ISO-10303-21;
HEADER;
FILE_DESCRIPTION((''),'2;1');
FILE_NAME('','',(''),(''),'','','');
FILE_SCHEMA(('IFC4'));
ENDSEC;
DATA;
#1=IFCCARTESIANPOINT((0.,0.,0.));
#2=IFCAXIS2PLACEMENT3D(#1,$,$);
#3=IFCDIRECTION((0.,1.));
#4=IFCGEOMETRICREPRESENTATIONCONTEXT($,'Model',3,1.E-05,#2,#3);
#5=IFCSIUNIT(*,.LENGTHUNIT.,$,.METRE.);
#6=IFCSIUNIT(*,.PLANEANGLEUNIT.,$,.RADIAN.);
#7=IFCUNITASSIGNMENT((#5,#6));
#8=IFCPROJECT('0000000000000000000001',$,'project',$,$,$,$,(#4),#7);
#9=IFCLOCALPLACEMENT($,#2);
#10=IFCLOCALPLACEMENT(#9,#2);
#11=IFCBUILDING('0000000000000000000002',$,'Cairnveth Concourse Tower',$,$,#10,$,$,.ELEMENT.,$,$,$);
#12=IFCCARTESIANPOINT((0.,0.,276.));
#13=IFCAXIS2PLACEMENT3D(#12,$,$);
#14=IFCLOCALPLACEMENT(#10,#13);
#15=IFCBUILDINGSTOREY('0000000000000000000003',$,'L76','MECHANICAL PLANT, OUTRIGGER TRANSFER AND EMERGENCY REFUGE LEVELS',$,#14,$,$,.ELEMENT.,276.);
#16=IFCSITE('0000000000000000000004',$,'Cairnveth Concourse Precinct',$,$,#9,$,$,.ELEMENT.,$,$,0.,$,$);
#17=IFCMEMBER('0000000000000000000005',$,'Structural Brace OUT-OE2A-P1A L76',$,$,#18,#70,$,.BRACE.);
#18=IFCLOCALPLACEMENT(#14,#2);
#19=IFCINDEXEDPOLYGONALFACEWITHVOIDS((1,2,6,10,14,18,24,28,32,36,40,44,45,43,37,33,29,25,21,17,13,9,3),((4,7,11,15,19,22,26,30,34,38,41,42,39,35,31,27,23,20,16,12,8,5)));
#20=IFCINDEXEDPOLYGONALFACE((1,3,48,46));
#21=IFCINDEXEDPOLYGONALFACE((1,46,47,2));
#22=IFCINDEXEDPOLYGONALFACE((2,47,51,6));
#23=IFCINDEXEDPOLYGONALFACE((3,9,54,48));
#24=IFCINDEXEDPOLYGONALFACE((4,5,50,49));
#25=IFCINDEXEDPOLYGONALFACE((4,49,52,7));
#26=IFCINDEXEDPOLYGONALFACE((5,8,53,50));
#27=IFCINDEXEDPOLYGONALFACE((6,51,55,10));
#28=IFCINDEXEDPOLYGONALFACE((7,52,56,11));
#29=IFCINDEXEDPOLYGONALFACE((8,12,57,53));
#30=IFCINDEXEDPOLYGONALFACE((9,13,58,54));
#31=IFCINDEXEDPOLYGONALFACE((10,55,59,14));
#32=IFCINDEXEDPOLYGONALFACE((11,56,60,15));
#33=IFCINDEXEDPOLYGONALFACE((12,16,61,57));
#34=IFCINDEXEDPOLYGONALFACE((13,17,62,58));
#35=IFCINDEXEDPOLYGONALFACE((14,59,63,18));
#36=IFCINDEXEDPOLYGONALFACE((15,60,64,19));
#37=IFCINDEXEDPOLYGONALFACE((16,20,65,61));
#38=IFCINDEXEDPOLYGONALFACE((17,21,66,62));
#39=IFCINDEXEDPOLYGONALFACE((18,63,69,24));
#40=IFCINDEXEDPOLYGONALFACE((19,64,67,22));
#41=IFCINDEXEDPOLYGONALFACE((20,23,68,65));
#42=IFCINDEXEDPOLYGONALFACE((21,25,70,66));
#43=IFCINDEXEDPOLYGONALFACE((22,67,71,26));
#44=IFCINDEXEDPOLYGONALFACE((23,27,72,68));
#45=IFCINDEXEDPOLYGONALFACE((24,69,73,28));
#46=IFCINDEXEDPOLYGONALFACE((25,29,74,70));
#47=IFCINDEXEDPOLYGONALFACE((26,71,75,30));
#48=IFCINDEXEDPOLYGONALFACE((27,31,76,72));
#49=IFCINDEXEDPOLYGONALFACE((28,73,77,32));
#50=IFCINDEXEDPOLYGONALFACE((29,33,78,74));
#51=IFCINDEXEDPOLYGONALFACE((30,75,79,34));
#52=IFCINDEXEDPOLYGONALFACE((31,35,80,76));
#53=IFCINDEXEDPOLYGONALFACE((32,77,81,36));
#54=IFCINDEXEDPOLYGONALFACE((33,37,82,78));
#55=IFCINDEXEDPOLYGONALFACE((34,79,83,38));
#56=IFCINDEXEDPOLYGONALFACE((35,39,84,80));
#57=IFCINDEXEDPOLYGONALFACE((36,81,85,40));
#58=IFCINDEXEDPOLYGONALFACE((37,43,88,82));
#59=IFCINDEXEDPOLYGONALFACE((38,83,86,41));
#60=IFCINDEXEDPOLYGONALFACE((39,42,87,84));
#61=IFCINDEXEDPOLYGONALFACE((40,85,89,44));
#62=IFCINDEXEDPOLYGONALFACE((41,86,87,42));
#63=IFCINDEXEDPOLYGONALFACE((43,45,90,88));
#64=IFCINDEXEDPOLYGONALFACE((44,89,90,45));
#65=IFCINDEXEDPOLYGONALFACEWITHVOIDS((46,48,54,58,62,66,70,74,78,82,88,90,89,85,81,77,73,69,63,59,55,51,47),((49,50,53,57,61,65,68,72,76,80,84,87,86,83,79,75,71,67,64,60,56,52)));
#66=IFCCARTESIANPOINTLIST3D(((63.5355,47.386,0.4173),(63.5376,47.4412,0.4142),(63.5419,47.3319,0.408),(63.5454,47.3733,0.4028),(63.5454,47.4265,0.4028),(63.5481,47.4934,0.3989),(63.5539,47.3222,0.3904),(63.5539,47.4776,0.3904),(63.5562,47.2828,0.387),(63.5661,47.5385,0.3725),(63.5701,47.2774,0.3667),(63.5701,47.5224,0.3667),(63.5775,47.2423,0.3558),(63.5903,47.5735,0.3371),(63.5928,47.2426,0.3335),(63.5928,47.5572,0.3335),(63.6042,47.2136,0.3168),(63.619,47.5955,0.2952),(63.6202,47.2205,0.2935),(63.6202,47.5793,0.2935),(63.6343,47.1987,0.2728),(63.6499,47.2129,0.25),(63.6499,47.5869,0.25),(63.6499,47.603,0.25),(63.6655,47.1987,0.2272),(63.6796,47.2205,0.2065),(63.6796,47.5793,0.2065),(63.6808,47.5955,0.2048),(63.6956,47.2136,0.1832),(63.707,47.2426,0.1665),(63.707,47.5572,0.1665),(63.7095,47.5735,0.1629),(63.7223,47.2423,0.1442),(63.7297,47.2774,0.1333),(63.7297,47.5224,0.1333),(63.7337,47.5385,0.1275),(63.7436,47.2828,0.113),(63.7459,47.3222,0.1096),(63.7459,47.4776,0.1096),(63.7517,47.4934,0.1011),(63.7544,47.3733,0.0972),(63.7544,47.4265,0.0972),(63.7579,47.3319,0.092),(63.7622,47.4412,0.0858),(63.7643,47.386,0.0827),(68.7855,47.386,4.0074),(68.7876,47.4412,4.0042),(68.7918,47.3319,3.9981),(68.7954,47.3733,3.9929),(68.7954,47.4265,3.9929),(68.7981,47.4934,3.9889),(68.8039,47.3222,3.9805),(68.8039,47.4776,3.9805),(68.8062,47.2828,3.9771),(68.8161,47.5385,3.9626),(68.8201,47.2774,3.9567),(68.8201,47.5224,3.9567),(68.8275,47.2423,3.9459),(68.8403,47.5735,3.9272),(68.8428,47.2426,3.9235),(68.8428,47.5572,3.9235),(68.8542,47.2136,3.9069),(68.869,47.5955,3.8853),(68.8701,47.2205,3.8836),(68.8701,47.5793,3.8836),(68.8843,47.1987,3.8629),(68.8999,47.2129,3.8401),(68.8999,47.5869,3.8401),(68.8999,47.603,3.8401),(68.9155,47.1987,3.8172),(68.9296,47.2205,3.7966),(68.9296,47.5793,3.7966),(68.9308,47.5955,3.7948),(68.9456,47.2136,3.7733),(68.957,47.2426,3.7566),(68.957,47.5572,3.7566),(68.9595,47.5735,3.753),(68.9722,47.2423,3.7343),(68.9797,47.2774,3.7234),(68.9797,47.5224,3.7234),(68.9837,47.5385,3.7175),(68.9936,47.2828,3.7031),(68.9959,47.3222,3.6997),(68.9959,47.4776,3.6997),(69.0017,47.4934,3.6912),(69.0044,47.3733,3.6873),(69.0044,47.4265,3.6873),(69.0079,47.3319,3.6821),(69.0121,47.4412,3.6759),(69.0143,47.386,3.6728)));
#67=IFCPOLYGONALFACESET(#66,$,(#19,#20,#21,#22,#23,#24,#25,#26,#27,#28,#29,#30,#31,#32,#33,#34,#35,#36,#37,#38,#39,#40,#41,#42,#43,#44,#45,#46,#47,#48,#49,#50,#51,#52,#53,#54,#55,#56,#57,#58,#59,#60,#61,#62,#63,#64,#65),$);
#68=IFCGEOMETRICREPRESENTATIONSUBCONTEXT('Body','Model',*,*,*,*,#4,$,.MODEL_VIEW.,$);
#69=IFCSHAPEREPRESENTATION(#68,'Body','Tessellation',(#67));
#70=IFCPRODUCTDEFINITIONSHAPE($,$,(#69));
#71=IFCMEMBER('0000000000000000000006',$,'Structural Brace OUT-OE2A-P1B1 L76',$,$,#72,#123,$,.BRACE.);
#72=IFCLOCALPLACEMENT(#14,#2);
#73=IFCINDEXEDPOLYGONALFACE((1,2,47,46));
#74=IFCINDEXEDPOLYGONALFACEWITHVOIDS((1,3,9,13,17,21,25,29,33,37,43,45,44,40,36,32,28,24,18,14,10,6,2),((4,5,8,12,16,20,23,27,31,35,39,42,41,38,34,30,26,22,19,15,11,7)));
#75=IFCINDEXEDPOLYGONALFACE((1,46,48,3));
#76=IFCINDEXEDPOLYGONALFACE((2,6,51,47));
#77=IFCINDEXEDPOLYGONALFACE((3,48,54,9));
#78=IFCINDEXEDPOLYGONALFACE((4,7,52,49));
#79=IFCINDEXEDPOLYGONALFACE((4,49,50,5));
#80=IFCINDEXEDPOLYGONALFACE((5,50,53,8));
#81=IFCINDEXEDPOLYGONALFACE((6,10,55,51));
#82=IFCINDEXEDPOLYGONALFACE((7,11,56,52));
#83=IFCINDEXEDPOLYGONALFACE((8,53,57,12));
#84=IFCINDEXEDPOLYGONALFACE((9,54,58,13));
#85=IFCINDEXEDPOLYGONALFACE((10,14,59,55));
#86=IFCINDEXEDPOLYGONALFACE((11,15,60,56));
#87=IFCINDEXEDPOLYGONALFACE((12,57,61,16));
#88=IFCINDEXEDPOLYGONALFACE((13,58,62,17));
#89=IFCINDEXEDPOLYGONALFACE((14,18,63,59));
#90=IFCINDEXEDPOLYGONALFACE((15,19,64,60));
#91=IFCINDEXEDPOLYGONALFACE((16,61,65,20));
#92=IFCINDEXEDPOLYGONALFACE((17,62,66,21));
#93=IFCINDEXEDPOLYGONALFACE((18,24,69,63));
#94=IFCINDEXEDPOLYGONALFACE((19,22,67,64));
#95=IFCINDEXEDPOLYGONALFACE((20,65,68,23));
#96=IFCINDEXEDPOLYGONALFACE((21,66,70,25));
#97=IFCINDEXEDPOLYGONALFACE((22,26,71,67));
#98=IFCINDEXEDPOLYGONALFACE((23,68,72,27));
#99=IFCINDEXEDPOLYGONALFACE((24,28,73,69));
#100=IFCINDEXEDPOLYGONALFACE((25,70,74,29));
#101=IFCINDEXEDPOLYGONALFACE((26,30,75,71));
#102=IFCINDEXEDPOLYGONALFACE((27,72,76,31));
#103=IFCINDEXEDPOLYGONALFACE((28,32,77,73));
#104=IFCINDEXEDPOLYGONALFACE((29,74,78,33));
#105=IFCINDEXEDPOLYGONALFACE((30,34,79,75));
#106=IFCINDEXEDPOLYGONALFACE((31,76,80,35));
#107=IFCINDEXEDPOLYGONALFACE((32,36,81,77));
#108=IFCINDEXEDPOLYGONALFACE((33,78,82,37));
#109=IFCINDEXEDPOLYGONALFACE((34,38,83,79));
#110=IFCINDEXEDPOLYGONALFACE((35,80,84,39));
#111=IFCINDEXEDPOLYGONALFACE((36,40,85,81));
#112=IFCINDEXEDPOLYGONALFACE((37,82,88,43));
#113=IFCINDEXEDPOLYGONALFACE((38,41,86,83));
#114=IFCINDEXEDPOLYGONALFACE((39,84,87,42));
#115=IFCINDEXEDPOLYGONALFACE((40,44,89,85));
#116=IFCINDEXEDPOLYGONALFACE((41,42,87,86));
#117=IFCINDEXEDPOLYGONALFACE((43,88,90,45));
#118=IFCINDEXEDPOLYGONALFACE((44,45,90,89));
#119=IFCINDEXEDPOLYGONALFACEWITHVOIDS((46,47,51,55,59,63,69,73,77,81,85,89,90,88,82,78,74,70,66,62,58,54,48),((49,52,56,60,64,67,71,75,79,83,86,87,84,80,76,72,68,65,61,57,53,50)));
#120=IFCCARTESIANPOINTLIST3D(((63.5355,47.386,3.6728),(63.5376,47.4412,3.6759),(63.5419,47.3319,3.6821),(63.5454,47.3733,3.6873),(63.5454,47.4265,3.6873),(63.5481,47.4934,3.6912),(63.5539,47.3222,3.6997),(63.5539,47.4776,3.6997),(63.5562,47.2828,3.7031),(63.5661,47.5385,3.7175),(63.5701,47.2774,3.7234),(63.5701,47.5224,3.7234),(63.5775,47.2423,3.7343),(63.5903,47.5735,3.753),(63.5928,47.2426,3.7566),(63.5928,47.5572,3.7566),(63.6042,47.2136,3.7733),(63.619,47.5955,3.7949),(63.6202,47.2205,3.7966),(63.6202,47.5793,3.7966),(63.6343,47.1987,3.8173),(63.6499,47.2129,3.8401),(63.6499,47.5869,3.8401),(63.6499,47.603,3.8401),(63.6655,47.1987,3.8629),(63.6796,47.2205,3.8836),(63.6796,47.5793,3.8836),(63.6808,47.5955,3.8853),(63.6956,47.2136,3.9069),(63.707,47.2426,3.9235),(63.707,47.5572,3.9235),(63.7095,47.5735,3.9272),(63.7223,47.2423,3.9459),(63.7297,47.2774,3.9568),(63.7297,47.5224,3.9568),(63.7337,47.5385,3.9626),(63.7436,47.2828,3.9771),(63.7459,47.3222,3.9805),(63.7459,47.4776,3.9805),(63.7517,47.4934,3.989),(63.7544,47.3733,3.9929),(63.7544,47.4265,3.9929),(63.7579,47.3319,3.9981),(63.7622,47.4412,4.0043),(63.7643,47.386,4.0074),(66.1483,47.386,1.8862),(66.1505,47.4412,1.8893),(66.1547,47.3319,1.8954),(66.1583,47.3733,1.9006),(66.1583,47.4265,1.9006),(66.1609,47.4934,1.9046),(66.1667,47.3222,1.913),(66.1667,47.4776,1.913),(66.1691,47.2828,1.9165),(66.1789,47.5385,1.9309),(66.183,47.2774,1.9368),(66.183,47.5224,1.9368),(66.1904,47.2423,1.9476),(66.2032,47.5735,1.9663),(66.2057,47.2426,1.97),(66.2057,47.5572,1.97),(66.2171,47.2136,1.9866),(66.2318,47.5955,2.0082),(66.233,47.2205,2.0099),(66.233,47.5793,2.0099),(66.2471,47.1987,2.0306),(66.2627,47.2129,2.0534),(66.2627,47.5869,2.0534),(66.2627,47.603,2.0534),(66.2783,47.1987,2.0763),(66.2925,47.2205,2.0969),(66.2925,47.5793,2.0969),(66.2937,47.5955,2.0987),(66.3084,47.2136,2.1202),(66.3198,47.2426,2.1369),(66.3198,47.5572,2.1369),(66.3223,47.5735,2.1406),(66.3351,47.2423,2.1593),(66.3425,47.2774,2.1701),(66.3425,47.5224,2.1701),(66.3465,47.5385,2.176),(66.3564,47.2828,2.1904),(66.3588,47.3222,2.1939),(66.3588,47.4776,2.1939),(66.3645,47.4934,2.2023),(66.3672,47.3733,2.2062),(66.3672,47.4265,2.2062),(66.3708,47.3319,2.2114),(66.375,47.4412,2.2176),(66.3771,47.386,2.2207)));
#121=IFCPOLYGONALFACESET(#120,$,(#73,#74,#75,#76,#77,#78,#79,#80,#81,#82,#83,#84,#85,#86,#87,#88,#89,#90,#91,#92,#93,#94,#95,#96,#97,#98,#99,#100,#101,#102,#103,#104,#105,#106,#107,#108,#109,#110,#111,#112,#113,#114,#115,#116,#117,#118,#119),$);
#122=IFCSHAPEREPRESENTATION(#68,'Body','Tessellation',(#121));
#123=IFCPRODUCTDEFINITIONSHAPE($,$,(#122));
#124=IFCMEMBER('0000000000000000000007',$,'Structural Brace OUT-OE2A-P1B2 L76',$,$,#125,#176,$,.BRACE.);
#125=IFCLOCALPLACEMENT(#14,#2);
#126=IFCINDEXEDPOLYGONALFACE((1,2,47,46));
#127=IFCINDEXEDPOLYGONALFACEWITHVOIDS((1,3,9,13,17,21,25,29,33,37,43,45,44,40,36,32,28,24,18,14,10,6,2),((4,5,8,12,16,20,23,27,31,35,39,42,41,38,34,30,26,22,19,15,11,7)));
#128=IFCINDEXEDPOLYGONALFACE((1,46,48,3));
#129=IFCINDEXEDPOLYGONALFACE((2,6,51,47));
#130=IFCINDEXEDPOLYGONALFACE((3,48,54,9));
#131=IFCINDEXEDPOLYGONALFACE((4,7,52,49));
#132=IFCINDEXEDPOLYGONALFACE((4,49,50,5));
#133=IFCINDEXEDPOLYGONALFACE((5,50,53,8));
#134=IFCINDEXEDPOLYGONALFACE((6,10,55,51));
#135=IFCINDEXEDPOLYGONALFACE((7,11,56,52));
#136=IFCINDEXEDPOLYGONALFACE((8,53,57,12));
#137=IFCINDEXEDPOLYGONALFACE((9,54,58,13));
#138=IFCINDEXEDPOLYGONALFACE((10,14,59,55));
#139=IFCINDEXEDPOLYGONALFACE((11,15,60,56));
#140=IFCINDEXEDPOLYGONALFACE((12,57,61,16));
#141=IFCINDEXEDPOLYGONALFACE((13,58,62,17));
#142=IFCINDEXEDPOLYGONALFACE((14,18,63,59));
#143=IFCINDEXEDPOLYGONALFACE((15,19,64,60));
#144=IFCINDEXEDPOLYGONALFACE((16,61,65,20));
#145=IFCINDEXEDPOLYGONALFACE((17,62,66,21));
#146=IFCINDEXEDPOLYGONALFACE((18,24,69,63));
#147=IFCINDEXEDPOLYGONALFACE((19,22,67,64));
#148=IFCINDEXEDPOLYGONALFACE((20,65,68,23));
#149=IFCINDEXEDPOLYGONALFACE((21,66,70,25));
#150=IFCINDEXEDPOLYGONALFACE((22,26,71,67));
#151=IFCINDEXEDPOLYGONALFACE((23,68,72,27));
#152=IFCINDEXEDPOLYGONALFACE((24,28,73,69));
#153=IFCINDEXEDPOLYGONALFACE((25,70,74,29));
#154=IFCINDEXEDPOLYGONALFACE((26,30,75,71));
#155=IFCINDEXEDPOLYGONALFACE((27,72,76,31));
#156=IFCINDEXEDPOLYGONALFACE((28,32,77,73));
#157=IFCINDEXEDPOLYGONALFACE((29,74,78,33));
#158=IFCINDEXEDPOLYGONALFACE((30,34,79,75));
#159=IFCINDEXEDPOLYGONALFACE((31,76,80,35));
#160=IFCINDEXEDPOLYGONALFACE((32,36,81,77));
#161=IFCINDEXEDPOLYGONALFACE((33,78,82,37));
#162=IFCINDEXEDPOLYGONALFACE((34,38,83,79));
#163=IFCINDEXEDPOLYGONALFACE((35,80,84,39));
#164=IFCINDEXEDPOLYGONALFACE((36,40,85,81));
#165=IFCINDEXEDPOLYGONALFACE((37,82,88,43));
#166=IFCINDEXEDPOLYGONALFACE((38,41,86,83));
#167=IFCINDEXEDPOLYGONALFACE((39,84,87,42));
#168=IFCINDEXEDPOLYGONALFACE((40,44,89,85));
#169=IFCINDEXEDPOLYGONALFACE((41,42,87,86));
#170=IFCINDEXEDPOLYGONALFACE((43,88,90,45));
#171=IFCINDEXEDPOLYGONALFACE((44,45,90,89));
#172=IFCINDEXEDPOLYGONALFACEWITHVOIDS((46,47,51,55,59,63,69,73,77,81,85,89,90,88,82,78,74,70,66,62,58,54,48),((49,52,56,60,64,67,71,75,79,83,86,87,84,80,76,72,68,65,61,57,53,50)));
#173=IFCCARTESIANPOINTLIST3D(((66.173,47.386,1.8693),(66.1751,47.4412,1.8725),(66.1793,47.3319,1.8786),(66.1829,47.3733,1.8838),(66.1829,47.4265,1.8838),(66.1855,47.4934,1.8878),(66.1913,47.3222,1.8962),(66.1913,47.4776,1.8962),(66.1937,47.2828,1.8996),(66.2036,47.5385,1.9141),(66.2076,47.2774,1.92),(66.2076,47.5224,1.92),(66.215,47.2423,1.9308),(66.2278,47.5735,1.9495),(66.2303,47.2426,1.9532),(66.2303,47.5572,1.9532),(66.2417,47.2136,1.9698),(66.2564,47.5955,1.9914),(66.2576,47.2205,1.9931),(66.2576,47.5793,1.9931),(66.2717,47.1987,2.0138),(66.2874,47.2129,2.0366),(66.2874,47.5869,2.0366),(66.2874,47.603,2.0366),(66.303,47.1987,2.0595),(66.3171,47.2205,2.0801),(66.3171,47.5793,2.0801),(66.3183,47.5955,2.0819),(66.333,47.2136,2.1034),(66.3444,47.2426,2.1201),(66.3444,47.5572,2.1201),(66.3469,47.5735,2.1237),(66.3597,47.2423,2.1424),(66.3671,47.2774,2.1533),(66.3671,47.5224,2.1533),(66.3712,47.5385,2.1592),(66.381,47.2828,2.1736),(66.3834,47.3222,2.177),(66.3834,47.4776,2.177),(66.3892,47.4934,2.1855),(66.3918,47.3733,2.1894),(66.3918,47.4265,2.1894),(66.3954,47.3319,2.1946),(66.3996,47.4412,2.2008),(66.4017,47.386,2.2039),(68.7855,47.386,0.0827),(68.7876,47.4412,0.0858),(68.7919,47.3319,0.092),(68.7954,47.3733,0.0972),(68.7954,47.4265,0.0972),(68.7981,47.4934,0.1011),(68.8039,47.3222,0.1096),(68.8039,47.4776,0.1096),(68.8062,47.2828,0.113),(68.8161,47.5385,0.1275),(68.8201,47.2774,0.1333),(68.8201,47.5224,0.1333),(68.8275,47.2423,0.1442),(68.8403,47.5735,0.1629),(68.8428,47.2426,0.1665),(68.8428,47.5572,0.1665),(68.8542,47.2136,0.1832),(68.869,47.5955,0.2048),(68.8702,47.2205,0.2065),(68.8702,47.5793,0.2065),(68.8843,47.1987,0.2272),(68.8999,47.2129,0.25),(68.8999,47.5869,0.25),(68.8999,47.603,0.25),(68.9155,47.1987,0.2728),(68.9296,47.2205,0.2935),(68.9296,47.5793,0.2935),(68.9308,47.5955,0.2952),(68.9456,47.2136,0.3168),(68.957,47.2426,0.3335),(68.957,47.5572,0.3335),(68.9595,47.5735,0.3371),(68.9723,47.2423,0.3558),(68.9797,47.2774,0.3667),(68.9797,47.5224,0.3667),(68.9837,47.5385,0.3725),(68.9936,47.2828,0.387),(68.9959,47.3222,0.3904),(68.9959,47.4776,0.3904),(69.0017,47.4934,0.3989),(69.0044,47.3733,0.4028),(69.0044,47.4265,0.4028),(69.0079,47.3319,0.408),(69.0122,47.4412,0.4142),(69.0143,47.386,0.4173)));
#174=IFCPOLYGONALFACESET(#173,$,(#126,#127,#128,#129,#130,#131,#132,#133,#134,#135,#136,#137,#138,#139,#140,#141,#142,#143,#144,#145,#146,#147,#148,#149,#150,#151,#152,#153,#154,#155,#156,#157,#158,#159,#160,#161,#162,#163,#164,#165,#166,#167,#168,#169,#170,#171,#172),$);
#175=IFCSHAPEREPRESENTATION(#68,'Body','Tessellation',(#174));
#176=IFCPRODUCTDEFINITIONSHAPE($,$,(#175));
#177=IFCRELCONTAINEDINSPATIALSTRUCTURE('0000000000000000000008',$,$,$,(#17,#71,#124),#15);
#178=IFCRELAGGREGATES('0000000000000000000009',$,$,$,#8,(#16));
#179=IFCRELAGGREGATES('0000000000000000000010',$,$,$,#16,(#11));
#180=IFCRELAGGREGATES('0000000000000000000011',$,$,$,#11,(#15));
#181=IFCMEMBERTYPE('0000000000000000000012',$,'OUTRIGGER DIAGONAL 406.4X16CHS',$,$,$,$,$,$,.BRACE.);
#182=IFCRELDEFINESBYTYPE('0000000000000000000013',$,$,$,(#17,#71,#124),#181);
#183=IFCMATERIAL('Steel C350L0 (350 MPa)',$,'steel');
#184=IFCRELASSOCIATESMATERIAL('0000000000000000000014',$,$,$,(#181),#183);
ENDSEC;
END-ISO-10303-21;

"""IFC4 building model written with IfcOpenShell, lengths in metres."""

from ifc_helpers import new_model, si_unit, direction, frame, origin, origin_2d, place, context, subcontext, project, spatial, hollow_circle, extrude, material, material_profile, profile_set, type_object, element, save


model = new_model("IFC4")

# Units and contexts
model_context = context("Model", 3, precision=1e-05, world=origin(), true_north=direction((0.0, 1.0)))
body_context = subcontext(model_context, "Body", "Model", "MODEL_VIEW")
ifc_project = project(units=[si_unit("LENGTHUNIT", "METRE"), si_unit("PLANEANGLEUNIT", "RADIAN")], contexts=[model_context])

# Site, building, storey
site_placement = place(None, origin())
site = spatial("IfcSite", under=ifc_project, at=site_placement, Name="Cairnveth Concourse Precinct", CompositionType="ELEMENT", RefElevation=0.0)
building_placement = place(site_placement, origin())
building = spatial("IfcBuilding", under=site, at=building_placement, Name="Cairnveth Concourse Tower", CompositionType="ELEMENT")
storey_placement = place(building_placement, frame((0.0, 0.0, 276.0)))
storey = spatial("IfcBuildingStorey", under=building, at=storey_placement, Name="L76", Description="MECHANICAL PLANT, OUTRIGGER TRANSFER AND EMERGENCY REFUGE LEVELS", CompositionType="ELEMENT", Elevation=276.0)

# Shared definitions
ifc_material_1 = material(Name="Steel C350L0 (350 MPa)", Category="steel")

# Members
ifc_material_profile_1 = material_profile(ifc_material_1, hollow_circle(Radius=0.2031, WallThickness=0.0161, at=origin_2d()), Name="406.4x16.0CHS")
ifc_profile_set_1 = profile_set([ifc_material_profile_1], Name="Steel C350L0 (350 MPa)")
member_type_1 = type_object("IfcMemberType", Name="OUTRIGGER DIAGONAL 406.4X16CHS", PredefinedType="BRACE", material=ifc_profile_set_1)
member_1_placement = place(storey_placement, frame((63.6499, 47.3999, 0.25), z_axis=(0.825455, 0.0, 0.564468), x_axis=(0.0, 1.0, 0.0)))
element("IfcMember", 1, at=member_1_placement, inside=storey, type_object=member_type_1, Name="Structural Brace OUT-OE2A-P1A L76", PredefinedType="BRACE", context=body_context, shape_type="SweptSolid", body=[
    extrude(hollow_circle(Radius=0.2031, WallThickness=0.0161, at=origin_2d()), origin(), (0.0, 0.0, 1.0), 6.3601),
])
member_2_placement = place(storey_placement, frame((63.6499, 47.3999, 3.8401), z_axis=(0.825466, 0.0, -0.564452), x_axis=(0.0, 1.0, 0.0)))
element("IfcMember", 2, at=member_2_placement, inside=storey, type_object=member_type_1, Name="Structural Brace OUT-OE2A-P1B1 L76", PredefinedType="BRACE", context=body_context, shape_type="SweptSolid", body=[
    extrude(hollow_circle(Radius=0.2031, WallThickness=0.0161, at=origin_2d()), origin(), (0.0, 0.0, 1.0), 3.1653),
])
member_3_placement = place(storey_placement, frame((66.2874, 47.3999, 2.0366), z_axis=(0.825442, 0.0, -0.564488), x_axis=(0.0, 1.0, 0.0)))
element("IfcMember", 3, at=member_3_placement, inside=storey, type_object=member_type_1, Name="Structural Brace OUT-OE2A-P1B2 L76", PredefinedType="BRACE", context=body_context, shape_type="SweptSolid", body=[
    extrude(hollow_circle(Radius=0.2031, WallThickness=0.0161, at=origin_2d()), origin(), (0.0, 0.0, 1.0), 3.165),
])

save(model, "model.ifc")
